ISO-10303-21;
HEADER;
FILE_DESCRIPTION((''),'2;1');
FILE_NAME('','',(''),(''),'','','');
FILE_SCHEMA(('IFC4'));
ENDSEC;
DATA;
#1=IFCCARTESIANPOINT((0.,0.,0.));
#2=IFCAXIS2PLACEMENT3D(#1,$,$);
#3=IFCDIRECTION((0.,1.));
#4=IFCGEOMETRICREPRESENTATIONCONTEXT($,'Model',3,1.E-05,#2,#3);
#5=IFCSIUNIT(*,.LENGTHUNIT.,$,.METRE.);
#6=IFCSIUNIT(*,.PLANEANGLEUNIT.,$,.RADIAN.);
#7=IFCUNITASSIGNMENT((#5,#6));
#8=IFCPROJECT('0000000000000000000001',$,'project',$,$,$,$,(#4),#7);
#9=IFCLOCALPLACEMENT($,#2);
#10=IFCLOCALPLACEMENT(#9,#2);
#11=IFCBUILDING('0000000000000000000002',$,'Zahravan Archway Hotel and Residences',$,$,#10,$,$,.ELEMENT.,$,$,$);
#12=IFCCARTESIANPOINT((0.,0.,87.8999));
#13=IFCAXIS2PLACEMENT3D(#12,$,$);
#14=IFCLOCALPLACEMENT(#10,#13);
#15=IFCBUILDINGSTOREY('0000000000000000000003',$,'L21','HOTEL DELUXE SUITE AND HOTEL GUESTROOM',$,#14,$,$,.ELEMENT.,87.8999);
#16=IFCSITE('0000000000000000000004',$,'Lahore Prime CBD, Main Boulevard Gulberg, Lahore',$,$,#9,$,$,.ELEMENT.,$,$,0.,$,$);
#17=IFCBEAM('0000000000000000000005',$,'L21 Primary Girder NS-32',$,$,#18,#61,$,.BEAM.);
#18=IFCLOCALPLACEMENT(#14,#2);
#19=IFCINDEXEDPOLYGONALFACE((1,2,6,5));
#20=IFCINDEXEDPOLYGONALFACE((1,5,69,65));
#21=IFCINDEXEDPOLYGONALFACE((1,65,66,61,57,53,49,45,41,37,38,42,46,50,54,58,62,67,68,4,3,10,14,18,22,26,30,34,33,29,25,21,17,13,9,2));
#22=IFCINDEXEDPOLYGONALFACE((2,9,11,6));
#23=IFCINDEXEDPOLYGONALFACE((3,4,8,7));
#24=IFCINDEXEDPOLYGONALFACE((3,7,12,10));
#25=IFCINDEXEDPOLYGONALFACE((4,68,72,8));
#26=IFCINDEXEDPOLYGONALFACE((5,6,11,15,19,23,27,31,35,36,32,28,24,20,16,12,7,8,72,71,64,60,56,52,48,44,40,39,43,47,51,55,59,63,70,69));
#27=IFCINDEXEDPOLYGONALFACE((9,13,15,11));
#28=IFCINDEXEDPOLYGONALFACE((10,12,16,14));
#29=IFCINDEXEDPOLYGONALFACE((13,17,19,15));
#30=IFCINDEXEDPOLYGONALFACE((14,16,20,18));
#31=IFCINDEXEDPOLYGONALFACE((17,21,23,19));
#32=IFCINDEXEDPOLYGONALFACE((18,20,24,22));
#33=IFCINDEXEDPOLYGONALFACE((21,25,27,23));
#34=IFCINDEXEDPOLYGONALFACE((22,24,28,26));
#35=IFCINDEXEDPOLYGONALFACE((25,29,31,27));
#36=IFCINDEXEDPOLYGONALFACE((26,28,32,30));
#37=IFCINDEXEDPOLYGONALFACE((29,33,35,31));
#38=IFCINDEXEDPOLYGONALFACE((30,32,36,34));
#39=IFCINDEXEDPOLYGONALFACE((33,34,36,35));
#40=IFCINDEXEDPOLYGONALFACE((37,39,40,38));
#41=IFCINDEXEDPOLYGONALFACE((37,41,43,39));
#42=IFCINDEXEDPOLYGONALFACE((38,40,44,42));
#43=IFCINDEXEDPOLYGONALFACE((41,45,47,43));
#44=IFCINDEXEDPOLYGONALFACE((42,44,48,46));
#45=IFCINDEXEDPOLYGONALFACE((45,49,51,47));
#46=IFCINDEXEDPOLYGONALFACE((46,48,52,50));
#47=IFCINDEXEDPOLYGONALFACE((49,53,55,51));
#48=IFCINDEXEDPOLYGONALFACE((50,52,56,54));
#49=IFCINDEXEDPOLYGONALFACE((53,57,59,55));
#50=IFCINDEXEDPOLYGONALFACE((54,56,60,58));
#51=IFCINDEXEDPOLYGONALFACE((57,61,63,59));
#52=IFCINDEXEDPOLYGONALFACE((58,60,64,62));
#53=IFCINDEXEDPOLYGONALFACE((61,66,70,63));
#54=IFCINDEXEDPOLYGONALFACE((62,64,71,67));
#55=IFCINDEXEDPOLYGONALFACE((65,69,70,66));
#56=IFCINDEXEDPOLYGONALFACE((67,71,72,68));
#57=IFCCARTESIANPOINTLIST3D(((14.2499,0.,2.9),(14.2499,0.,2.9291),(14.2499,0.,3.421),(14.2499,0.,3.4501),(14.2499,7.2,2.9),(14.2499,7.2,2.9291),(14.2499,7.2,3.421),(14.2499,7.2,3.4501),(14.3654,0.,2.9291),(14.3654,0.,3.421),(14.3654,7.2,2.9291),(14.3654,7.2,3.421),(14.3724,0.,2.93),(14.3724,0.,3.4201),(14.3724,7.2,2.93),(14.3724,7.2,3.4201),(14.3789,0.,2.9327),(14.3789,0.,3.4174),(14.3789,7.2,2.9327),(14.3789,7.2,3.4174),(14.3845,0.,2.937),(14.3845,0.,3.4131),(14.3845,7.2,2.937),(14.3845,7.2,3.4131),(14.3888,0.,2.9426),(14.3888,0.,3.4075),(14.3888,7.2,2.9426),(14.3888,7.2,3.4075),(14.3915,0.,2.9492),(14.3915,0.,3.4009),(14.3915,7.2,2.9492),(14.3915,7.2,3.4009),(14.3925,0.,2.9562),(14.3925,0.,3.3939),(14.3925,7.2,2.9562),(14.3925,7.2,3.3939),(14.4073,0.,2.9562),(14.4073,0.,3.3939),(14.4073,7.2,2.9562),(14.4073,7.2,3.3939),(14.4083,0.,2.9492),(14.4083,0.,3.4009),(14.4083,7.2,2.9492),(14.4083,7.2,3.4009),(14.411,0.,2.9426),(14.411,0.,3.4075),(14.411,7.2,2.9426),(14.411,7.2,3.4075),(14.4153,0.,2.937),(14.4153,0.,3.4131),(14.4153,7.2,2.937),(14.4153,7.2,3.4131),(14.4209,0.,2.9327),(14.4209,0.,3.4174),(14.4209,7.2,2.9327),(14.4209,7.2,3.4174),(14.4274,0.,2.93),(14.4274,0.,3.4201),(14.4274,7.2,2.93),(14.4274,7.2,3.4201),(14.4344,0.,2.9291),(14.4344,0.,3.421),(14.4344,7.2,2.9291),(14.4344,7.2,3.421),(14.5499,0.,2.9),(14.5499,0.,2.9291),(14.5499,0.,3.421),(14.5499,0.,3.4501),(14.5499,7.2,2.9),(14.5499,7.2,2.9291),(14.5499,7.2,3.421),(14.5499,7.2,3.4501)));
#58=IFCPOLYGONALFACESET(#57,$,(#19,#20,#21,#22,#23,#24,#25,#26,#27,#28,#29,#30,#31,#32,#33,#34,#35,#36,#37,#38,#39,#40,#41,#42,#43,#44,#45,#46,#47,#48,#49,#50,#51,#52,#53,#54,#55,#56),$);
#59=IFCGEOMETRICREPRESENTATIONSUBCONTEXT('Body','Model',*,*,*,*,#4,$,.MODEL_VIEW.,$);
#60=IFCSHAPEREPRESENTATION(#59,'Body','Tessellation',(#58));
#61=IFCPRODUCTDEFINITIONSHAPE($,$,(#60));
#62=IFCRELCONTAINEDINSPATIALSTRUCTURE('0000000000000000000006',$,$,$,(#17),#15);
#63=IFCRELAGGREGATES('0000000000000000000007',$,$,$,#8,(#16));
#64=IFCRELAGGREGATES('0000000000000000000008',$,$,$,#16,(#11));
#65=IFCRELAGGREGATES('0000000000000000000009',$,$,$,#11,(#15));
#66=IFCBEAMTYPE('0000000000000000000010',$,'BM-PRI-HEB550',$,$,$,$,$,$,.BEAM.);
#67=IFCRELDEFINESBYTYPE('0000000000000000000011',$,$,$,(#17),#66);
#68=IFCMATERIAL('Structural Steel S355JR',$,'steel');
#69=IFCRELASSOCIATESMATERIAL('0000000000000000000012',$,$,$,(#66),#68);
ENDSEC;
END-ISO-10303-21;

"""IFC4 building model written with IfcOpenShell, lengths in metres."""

from ifc_helpers import new_model, si_unit, direction, frame, origin, origin_2d, place, context, subcontext, project, spatial, i_section, extrude, source, transform, mapped, material, material_profile, profile_set, type_object, element, save


model = new_model("IFC4")

# Units and contexts
model_context = context("Model", 3, precision=1e-05, world=origin(), true_north=direction((0.0, 1.0)))
body_context = subcontext(model_context, "Body", "Model", "MODEL_VIEW")
ifc_project = project(units=[si_unit("LENGTHUNIT", "METRE"), si_unit("PLANEANGLEUNIT", "RADIAN")], contexts=[model_context])

# Site, building, storey
site_placement = place(None, origin())
site = spatial("IfcSite", under=ifc_project, at=site_placement, Name="Lahore Prime CBD, Main Boulevard Gulberg, Lahore", CompositionType="ELEMENT", RefElevation=0.0)
building_placement = place(site_placement, origin())
building = spatial("IfcBuilding", under=site, at=building_placement, Name="Zahravan Archway Hotel and Residences", CompositionType="ELEMENT")
storey_placement = place(building_placement, frame((0.0, 0.0, 87.8999)))
storey = spatial("IfcBuildingStorey", under=building, at=storey_placement, Name="L21", Description="HOTEL DELUXE SUITE AND HOTEL GUESTROOM", CompositionType="ELEMENT", Elevation=87.8999)

# Beam
ifc_material_1 = material(Name="Structural Steel S355JR", Category="steel")
ifc_material_profile = material_profile(ifc_material_1, i_section(OverallWidth=0.3, OverallDepth=0.55, WebThickness=0.0149, FlangeThickness=0.0291, FilletRadius=0.0271, at=origin_2d()), Name="HEB 550", Category="steel")
ifc_profile_set = profile_set([ifc_material_profile], Name="Structural Steel S355JR")
beam_type = type_object("IfcBeamType", Name="BM-PRI-HEB550", PredefinedType="BEAM", material=ifc_profile_set)
shared_shape_1 = source(origin(), body_context, "Body", "SweptSolid", [
    extrude(i_section(OverallWidth=0.3, OverallDepth=0.55, WebThickness=0.0149, FlangeThickness=0.0291, FilletRadius=0.0271, at=origin_2d()), origin(), (0.0, 0.0, 1.0), 7.2),
])
beam_placement = place(storey_placement, frame((14.3999, 0.0, 3.175), z_axis=(0.0, 1.0, 0.0), x_axis=(-1.0, 0.0, 0.0)))
element("IfcBeam", 1, at=beam_placement, inside=storey, type_object=beam_type, Name="L21 Primary Girder NS-32", PredefinedType="BEAM", context=body_context, shape_type="MappedRepresentation", body=[
    mapped(shared_shape_1, transform((0.0, 0.0, 0.0), scale=1.0)),
])

save(model, "model.ifc")
